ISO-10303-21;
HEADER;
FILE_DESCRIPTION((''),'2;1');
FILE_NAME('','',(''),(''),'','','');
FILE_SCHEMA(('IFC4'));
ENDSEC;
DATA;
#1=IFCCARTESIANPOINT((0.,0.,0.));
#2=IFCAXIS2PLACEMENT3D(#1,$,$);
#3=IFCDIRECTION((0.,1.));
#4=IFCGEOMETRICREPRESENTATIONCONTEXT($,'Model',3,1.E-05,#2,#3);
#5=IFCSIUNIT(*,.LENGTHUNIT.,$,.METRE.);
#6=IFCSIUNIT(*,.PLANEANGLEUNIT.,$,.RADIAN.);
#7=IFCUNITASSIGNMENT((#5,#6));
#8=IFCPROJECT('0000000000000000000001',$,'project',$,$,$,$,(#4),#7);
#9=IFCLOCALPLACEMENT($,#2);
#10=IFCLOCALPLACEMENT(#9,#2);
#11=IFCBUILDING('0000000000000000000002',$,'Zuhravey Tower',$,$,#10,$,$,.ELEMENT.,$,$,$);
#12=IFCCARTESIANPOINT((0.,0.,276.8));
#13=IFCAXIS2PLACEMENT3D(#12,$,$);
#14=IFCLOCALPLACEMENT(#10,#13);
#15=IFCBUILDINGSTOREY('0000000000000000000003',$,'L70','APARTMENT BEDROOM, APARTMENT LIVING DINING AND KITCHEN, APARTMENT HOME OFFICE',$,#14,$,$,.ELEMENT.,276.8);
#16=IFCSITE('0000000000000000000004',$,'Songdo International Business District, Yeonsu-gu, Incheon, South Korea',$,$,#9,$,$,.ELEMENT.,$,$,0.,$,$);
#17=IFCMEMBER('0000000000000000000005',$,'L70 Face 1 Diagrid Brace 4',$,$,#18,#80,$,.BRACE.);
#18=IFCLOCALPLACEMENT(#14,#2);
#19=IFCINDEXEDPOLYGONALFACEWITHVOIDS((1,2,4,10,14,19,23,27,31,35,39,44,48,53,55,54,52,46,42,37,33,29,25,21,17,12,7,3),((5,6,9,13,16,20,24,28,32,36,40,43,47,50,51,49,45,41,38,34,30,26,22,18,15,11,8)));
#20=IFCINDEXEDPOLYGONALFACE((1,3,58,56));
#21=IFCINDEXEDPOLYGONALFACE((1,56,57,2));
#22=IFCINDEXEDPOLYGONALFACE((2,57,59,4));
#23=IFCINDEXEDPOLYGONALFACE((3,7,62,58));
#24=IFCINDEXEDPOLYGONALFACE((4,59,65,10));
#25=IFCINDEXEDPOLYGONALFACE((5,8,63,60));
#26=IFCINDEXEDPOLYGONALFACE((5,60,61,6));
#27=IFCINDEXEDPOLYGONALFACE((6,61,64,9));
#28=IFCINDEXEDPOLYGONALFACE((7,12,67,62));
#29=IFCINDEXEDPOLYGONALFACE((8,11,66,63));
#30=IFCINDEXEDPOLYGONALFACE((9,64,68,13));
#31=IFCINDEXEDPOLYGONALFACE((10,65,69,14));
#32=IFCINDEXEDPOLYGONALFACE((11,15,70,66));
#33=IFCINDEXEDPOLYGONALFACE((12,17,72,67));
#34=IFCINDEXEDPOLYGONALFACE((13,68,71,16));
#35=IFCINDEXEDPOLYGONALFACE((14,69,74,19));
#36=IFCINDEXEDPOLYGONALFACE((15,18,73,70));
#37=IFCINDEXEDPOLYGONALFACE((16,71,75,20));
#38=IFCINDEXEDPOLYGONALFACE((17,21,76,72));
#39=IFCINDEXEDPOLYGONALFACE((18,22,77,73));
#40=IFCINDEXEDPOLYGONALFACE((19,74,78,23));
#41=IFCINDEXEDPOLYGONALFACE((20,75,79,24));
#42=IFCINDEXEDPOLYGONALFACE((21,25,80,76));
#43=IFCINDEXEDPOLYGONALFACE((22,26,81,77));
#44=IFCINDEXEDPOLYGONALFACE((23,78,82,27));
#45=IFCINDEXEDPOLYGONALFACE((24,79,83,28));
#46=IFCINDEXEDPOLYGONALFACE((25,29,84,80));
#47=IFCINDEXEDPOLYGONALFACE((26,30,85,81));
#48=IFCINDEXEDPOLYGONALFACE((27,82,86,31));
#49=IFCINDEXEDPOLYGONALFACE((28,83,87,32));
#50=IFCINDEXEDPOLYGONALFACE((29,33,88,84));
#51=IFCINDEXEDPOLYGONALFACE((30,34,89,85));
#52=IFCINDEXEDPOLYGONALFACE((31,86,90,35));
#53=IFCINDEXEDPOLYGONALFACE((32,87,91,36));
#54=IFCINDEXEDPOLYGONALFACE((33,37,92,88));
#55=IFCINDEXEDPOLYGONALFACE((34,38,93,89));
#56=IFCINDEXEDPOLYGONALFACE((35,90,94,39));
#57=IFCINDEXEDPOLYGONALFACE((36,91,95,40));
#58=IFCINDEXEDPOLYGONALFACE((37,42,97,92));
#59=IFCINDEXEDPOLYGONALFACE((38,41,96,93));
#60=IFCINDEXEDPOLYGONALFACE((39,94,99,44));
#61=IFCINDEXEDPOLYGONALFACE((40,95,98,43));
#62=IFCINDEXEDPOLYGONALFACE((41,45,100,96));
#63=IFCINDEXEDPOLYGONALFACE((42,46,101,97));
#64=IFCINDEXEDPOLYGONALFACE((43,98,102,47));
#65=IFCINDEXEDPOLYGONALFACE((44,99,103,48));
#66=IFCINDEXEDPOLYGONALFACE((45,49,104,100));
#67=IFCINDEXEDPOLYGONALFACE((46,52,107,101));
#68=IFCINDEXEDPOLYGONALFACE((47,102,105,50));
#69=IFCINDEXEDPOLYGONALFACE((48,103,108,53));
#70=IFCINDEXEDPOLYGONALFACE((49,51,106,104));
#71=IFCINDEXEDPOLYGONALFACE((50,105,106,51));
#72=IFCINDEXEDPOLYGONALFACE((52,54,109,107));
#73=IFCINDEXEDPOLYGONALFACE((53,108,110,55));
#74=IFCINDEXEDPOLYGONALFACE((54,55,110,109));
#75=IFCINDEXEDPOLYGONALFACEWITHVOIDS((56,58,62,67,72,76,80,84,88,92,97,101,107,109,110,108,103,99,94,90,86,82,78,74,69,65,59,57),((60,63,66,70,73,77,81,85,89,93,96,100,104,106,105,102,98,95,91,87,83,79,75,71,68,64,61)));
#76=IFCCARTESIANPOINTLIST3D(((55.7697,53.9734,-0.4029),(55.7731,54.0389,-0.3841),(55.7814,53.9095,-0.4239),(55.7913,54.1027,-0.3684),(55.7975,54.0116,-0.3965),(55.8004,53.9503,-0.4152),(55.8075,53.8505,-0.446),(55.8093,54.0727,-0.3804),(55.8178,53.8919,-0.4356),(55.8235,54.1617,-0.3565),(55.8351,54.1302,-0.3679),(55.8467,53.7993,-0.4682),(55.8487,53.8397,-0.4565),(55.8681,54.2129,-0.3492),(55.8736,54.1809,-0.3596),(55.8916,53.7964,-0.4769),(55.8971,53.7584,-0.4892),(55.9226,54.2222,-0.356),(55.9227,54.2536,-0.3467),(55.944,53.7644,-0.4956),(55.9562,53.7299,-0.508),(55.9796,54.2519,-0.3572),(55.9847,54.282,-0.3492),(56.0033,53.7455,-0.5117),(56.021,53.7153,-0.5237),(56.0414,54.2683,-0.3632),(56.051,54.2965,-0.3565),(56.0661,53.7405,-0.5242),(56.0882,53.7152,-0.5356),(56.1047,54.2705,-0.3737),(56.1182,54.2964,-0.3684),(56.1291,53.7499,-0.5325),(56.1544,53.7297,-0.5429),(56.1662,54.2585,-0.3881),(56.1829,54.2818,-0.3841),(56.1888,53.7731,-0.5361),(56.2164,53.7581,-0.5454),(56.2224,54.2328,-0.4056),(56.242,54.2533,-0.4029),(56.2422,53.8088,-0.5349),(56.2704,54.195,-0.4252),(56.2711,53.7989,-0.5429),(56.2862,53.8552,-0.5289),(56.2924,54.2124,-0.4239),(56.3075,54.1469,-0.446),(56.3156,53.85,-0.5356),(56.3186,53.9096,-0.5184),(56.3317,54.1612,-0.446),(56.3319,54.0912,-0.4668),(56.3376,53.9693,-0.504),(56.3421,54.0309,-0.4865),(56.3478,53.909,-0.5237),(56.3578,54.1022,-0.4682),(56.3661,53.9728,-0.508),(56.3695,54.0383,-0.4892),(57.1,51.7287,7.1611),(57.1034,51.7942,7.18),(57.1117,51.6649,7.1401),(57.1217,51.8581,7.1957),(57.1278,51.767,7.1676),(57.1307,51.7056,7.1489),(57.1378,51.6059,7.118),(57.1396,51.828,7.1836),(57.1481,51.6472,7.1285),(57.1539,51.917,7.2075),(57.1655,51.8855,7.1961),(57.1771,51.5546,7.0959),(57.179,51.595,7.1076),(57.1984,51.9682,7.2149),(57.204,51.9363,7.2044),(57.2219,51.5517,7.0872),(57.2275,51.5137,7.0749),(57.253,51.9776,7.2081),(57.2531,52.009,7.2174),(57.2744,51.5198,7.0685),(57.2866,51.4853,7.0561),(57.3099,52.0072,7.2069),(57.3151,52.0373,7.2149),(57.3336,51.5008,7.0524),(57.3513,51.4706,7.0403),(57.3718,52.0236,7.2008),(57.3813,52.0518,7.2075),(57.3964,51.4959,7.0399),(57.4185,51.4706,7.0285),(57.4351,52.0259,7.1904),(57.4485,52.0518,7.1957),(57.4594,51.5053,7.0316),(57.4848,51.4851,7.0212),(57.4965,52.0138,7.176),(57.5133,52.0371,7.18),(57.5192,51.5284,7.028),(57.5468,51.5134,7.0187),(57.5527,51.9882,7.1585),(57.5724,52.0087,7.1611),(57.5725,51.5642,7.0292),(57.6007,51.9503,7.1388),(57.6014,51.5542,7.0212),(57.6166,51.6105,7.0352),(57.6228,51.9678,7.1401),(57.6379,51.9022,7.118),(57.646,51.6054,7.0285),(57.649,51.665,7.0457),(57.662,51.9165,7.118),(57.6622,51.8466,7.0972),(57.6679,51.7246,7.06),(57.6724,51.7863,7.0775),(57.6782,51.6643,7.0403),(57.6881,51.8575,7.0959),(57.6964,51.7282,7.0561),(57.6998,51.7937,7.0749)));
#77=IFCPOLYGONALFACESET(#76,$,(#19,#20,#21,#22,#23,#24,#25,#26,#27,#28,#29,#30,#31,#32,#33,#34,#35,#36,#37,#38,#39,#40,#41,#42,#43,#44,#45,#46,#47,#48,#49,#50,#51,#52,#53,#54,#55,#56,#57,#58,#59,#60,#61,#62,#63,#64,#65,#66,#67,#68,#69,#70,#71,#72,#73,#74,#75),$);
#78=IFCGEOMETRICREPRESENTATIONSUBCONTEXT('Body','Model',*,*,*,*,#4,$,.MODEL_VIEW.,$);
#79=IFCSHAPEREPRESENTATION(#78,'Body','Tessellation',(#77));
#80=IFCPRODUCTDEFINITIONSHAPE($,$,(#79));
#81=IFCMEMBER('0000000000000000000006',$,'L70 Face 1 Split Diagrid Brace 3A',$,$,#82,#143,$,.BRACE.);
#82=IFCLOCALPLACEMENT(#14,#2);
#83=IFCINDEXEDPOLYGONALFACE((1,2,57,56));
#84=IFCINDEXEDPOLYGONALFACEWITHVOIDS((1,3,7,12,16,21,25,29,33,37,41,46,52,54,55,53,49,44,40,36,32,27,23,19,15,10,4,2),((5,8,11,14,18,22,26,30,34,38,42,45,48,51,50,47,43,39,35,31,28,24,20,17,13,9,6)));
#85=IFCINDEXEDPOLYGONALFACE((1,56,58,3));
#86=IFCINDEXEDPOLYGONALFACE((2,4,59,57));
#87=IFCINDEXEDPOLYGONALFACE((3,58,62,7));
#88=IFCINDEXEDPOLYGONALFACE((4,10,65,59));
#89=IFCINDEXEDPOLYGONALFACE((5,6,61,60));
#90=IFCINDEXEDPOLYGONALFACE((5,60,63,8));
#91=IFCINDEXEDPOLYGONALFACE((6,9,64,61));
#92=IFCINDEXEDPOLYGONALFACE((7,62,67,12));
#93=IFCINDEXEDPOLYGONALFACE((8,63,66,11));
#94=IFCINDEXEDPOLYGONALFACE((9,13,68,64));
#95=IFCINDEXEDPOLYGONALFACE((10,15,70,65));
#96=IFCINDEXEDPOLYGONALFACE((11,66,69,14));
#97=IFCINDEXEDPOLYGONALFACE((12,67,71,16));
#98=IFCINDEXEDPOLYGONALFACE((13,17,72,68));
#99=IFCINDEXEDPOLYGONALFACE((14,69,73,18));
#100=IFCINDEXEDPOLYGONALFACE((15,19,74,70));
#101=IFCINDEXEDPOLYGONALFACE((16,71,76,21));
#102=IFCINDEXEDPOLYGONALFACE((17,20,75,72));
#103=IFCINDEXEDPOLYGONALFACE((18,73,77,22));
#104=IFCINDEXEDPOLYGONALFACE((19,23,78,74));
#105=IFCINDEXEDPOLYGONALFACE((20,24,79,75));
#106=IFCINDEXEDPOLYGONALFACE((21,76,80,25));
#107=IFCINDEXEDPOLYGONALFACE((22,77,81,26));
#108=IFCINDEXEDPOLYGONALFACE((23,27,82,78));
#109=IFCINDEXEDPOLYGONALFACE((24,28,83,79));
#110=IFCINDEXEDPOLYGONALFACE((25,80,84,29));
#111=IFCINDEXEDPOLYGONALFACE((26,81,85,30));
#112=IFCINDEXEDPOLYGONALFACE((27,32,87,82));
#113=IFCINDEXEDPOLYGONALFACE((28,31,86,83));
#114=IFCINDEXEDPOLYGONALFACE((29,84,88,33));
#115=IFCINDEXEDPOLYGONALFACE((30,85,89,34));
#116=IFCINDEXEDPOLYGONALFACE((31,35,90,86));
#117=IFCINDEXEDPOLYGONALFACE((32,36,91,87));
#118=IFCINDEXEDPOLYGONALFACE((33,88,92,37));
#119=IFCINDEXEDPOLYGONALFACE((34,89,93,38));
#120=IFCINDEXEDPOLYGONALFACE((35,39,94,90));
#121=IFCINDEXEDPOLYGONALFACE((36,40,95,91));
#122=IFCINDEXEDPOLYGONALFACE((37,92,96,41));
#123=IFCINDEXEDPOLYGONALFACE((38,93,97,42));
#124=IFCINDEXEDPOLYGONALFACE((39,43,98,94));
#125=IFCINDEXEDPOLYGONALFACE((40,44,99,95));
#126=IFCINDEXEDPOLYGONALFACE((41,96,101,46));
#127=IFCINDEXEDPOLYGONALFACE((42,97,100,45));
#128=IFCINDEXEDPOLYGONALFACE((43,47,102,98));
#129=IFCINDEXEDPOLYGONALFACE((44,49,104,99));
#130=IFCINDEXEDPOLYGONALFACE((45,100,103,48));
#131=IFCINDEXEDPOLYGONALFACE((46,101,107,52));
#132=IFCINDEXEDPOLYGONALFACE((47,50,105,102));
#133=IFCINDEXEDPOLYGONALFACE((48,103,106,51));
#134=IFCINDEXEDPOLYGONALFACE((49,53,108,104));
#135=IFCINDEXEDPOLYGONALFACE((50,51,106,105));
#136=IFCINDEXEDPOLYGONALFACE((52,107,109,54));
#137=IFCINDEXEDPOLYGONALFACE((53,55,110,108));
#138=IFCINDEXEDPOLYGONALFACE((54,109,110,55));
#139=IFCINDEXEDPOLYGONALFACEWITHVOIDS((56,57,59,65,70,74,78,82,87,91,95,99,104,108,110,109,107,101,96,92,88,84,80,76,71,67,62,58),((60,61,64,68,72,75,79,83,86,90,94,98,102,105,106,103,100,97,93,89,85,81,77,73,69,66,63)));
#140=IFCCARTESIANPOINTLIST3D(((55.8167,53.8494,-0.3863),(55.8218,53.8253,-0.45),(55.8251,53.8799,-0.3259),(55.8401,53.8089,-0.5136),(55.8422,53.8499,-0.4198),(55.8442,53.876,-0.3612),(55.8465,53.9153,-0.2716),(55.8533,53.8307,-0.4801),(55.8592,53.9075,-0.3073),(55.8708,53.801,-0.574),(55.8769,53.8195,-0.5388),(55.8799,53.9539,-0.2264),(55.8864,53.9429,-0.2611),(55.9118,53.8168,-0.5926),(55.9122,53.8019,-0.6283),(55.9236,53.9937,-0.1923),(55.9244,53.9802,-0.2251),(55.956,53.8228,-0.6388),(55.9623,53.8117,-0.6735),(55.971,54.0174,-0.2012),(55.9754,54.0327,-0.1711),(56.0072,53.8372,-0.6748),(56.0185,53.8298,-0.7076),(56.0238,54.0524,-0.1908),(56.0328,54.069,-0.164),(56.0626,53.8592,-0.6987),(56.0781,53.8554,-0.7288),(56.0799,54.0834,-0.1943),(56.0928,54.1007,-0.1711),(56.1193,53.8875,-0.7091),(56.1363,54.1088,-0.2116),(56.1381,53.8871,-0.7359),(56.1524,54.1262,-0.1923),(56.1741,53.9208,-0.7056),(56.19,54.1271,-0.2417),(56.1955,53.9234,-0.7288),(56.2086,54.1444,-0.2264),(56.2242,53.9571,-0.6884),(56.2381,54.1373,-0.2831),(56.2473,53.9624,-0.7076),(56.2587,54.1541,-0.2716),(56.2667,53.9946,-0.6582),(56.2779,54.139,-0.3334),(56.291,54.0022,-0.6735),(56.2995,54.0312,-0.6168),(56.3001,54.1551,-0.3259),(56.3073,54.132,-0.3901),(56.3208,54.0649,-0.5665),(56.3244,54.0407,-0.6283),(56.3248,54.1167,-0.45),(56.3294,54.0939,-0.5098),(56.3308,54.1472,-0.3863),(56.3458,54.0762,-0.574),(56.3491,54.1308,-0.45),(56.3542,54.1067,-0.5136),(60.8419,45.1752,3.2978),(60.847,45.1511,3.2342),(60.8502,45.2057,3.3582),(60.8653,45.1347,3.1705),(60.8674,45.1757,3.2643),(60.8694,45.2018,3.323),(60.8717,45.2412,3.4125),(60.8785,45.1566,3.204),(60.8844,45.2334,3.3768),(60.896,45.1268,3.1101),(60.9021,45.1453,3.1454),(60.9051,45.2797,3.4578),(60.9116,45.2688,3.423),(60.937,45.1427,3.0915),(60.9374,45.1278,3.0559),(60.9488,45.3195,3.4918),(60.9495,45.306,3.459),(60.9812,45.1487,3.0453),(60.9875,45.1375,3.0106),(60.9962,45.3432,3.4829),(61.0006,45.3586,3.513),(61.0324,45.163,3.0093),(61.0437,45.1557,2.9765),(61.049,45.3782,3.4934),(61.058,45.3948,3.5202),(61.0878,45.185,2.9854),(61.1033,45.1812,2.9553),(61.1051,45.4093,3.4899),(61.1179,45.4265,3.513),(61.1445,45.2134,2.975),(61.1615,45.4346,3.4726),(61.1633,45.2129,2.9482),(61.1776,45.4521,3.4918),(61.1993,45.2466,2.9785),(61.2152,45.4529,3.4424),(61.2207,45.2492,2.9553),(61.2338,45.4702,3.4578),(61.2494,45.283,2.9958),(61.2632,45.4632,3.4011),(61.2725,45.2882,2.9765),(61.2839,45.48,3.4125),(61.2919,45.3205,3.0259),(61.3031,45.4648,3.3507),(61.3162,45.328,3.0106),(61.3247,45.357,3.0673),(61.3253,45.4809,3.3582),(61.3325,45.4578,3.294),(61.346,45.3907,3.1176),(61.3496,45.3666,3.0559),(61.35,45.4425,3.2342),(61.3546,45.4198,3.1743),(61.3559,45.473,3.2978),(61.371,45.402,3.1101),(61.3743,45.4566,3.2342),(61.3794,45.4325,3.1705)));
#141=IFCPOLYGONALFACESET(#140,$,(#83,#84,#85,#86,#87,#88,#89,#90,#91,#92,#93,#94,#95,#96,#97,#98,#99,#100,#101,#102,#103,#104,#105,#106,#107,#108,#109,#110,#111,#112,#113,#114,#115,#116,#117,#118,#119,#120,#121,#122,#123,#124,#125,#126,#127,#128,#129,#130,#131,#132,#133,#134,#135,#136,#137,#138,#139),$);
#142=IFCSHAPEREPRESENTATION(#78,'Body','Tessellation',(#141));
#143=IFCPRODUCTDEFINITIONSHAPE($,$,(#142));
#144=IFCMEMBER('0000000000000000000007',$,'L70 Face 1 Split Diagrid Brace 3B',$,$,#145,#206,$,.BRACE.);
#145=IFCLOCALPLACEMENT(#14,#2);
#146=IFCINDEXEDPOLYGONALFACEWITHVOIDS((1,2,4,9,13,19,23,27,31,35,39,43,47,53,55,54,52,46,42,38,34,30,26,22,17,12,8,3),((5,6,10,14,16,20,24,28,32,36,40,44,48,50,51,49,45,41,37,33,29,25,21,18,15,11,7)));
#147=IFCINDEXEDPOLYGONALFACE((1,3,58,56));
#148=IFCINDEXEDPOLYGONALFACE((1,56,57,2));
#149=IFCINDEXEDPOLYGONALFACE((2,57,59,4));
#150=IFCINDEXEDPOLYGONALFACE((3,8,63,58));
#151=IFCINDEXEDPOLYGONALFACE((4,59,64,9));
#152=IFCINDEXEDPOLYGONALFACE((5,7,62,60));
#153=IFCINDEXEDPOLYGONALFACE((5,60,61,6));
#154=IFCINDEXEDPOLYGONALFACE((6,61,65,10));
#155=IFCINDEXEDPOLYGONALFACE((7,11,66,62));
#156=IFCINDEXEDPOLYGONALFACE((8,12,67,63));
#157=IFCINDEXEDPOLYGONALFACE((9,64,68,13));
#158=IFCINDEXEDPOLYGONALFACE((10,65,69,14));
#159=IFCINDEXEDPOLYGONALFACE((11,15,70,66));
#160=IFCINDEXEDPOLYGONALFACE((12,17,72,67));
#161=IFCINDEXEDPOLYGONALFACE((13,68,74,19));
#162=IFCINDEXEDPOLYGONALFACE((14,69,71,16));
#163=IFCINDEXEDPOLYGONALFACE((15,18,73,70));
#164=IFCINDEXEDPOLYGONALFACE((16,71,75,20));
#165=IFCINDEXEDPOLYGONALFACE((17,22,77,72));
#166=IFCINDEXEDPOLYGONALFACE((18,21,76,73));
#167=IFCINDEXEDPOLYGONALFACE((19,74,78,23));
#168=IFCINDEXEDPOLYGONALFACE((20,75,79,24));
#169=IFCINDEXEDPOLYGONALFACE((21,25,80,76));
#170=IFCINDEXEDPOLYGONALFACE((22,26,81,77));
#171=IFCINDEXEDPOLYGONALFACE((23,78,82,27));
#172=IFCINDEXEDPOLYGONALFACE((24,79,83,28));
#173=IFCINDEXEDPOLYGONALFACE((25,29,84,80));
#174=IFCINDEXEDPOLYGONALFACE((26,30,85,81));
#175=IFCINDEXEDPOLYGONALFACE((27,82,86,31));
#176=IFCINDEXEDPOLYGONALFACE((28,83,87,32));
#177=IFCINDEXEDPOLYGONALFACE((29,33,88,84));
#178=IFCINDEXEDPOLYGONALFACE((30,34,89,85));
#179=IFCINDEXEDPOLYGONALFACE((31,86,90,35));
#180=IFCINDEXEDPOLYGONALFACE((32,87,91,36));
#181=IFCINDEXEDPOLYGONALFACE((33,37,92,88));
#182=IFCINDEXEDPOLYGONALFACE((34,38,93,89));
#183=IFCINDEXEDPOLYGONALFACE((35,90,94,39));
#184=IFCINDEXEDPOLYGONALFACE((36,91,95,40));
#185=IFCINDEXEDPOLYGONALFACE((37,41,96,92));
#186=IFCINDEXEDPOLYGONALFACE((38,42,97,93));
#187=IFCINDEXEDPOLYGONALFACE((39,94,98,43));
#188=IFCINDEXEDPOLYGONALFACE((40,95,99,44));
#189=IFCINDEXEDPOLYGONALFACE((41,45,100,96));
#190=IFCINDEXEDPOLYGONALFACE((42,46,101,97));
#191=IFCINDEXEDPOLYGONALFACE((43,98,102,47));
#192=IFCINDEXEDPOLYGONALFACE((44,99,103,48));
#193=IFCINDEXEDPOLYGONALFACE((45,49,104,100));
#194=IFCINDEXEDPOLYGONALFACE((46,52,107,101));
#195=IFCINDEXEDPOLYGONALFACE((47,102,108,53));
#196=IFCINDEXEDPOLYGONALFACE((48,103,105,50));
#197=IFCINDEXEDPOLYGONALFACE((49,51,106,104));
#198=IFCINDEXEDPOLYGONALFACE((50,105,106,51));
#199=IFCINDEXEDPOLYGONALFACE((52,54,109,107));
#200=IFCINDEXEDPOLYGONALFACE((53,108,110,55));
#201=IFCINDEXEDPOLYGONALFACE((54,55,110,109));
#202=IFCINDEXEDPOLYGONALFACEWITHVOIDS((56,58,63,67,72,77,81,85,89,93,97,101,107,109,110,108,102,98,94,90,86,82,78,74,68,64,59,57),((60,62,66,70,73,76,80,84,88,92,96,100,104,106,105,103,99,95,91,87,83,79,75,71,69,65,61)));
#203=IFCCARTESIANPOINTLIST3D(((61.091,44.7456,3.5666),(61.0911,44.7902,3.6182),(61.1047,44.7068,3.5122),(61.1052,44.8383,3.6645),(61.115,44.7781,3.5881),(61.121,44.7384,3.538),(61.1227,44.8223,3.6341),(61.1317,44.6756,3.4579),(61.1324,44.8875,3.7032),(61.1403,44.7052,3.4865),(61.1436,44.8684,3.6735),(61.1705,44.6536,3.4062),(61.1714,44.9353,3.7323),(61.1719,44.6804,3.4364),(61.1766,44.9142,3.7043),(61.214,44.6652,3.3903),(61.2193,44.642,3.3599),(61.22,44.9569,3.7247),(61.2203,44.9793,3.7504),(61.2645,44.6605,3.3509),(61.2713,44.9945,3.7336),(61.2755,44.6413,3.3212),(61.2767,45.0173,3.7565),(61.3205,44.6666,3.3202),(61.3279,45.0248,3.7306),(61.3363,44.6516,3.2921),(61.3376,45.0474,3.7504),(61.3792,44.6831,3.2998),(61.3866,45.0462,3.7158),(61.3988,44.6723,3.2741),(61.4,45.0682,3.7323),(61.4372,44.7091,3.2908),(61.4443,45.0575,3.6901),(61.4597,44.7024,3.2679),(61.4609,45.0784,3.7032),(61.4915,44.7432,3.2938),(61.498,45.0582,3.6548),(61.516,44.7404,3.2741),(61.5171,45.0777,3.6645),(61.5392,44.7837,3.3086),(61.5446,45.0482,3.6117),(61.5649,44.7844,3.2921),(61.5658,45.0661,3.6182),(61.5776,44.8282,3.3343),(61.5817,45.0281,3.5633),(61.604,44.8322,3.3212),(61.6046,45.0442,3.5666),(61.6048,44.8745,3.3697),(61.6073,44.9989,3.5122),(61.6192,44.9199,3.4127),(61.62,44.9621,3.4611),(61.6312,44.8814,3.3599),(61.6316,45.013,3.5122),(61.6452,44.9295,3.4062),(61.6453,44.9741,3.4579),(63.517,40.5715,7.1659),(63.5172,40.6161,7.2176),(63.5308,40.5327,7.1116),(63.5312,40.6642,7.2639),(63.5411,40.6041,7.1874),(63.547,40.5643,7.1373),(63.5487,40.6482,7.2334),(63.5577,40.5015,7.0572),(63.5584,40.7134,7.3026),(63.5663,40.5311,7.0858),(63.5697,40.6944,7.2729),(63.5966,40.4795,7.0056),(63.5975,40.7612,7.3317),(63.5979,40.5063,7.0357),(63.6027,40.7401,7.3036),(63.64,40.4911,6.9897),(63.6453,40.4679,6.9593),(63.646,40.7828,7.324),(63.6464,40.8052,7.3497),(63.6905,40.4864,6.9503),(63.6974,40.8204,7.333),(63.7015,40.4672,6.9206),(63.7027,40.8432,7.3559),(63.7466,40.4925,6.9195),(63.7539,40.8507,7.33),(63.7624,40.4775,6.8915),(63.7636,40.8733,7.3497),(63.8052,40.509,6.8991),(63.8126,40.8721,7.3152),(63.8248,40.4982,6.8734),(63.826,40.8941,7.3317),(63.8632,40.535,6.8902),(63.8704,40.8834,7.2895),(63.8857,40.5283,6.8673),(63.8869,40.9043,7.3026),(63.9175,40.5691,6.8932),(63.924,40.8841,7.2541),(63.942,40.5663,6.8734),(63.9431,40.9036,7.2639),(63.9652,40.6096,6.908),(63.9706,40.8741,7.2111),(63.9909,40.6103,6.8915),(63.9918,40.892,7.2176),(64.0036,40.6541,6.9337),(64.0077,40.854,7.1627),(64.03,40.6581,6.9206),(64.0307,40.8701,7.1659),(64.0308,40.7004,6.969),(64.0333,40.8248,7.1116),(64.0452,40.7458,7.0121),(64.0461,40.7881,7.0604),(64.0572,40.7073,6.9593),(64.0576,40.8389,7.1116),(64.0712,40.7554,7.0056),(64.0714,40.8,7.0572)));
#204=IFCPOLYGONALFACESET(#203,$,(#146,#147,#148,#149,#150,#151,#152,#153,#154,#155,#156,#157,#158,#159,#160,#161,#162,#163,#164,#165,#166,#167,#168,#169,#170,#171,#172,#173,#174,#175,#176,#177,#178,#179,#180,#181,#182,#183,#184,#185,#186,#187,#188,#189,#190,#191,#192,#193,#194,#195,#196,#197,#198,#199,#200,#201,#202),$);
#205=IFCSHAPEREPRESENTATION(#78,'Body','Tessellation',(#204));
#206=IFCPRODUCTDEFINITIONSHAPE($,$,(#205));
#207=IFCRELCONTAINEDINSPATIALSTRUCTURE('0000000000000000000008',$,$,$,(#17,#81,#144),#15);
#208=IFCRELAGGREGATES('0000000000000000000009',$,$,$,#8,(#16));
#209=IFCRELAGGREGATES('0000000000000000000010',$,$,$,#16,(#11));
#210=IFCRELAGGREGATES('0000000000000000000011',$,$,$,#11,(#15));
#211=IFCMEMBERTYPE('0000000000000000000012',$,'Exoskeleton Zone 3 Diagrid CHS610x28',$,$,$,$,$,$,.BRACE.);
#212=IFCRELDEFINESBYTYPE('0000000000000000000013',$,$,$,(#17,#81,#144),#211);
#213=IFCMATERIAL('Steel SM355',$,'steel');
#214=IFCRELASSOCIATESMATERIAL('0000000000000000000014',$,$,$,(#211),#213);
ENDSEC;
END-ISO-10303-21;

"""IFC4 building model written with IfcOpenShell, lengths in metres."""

from ifc_helpers import new_model, si_unit, direction, frame, origin, origin_2d, place, context, subcontext, project, spatial, hollow_circle, extrude, material, material_profile, profile_set, type_object, element, save


model = new_model("IFC4")

# Units and contexts
model_context = context("Model", 3, precision=1e-05, world=origin(), true_north=direction((0.0, 1.0)))
body_context = subcontext(model_context, "Body", "Model", "MODEL_VIEW")
ifc_project = project(units=[si_unit("LENGTHUNIT", "METRE"), si_unit("PLANEANGLEUNIT", "RADIAN")], contexts=[model_context])

# Site, building, storey
site_placement = place(None, origin())
site = spatial("IfcSite", under=ifc_project, at=site_placement, Name="Songdo International Business District, Yeonsu-gu, Incheon, South Korea", CompositionType="ELEMENT", RefElevation=0.0)
building_placement = place(site_placement, origin())
building = spatial("IfcBuilding", under=site, at=building_placement, Name="Zuhravey Tower", CompositionType="ELEMENT")
storey_placement = place(building_placement, frame((0.0, 0.0, 276.8)))
storey = spatial("IfcBuildingStorey", under=building, at=storey_placement, Name="L70", Description="APARTMENT BEDROOM, APARTMENT LIVING DINING AND KITCHEN, APARTMENT HOME OFFICE", CompositionType="ELEMENT", Elevation=276.8)

# Members
ifc_material_1 = material(Name="Steel SM355", Category="steel")
ifc_material_profile_1 = material_profile(ifc_material_1, hollow_circle(Radius=0.3047, WallThickness=0.0281, at=origin_2d()), Name="CHS-609.6x28")
ifc_profile_set_1 = profile_set([ifc_material_profile_1], Name="Steel SM355")
member_type_1 = type_object("IfcMemberType", Name="Exoskeleton Zone 3 Diagrid CHS610x28", PredefinedType="BRACE", material=ifc_profile_set_1)
member_1_placement = place(storey_placement, frame((56.0696, 54.0059, -0.446), z_axis=(0.166262, -0.280531, 0.945335), x_axis=(0.860263, 0.509851, 0.0)))
element("IfcMember", 1, at=member_1_placement, inside=storey, type_object=member_type_1, Name="L70 Face 1 Diagrid Brace 4", PredefinedType="BRACE", context=body_context, shape_type="SweptSolid", body=[
    extrude(hollow_circle(Radius=0.3047, WallThickness=0.0281, at=origin_2d()), origin(), (0.0, 0.0, 1.0), 8.0015),
])
member_2_placement = place(storey_placement, frame((56.0854, 53.978, -0.45), z_axis=(0.470516, -0.812173, 0.344949), x_axis=(0.865283, 0.501284, 0.0)))
element("IfcMember", 2, at=member_2_placement, inside=storey, type_object=member_type_1, Name="L70 Face 1 Split Diagrid Brace 3A", PredefinedType="BRACE", context=body_context, shape_type="SweptSolid", body=[
    extrude(hollow_circle(Radius=0.3047, WallThickness=0.0281, at=origin_2d()), origin(), (0.0, 0.0, 1.0), 10.6802),
])
member_3_placement = place(storey_placement, frame((61.3682, 44.8599, 3.5122), z_axis=(0.402864, -0.693143, 0.597707), x_axis=(0.864576, 0.502503, 0.0)))
element("IfcMember", 3, at=member_3_placement, inside=storey, type_object=member_type_1, Name="L70 Face 1 Split Diagrid Brace 3B", PredefinedType="BRACE", context=body_context, shape_type="SweptSolid", body=[
    extrude(hollow_circle(Radius=0.3047, WallThickness=0.0281, at=origin_2d()), origin(), (0.0, 0.0, 1.0), 6.022),
])

save(model, "model.ifc")
